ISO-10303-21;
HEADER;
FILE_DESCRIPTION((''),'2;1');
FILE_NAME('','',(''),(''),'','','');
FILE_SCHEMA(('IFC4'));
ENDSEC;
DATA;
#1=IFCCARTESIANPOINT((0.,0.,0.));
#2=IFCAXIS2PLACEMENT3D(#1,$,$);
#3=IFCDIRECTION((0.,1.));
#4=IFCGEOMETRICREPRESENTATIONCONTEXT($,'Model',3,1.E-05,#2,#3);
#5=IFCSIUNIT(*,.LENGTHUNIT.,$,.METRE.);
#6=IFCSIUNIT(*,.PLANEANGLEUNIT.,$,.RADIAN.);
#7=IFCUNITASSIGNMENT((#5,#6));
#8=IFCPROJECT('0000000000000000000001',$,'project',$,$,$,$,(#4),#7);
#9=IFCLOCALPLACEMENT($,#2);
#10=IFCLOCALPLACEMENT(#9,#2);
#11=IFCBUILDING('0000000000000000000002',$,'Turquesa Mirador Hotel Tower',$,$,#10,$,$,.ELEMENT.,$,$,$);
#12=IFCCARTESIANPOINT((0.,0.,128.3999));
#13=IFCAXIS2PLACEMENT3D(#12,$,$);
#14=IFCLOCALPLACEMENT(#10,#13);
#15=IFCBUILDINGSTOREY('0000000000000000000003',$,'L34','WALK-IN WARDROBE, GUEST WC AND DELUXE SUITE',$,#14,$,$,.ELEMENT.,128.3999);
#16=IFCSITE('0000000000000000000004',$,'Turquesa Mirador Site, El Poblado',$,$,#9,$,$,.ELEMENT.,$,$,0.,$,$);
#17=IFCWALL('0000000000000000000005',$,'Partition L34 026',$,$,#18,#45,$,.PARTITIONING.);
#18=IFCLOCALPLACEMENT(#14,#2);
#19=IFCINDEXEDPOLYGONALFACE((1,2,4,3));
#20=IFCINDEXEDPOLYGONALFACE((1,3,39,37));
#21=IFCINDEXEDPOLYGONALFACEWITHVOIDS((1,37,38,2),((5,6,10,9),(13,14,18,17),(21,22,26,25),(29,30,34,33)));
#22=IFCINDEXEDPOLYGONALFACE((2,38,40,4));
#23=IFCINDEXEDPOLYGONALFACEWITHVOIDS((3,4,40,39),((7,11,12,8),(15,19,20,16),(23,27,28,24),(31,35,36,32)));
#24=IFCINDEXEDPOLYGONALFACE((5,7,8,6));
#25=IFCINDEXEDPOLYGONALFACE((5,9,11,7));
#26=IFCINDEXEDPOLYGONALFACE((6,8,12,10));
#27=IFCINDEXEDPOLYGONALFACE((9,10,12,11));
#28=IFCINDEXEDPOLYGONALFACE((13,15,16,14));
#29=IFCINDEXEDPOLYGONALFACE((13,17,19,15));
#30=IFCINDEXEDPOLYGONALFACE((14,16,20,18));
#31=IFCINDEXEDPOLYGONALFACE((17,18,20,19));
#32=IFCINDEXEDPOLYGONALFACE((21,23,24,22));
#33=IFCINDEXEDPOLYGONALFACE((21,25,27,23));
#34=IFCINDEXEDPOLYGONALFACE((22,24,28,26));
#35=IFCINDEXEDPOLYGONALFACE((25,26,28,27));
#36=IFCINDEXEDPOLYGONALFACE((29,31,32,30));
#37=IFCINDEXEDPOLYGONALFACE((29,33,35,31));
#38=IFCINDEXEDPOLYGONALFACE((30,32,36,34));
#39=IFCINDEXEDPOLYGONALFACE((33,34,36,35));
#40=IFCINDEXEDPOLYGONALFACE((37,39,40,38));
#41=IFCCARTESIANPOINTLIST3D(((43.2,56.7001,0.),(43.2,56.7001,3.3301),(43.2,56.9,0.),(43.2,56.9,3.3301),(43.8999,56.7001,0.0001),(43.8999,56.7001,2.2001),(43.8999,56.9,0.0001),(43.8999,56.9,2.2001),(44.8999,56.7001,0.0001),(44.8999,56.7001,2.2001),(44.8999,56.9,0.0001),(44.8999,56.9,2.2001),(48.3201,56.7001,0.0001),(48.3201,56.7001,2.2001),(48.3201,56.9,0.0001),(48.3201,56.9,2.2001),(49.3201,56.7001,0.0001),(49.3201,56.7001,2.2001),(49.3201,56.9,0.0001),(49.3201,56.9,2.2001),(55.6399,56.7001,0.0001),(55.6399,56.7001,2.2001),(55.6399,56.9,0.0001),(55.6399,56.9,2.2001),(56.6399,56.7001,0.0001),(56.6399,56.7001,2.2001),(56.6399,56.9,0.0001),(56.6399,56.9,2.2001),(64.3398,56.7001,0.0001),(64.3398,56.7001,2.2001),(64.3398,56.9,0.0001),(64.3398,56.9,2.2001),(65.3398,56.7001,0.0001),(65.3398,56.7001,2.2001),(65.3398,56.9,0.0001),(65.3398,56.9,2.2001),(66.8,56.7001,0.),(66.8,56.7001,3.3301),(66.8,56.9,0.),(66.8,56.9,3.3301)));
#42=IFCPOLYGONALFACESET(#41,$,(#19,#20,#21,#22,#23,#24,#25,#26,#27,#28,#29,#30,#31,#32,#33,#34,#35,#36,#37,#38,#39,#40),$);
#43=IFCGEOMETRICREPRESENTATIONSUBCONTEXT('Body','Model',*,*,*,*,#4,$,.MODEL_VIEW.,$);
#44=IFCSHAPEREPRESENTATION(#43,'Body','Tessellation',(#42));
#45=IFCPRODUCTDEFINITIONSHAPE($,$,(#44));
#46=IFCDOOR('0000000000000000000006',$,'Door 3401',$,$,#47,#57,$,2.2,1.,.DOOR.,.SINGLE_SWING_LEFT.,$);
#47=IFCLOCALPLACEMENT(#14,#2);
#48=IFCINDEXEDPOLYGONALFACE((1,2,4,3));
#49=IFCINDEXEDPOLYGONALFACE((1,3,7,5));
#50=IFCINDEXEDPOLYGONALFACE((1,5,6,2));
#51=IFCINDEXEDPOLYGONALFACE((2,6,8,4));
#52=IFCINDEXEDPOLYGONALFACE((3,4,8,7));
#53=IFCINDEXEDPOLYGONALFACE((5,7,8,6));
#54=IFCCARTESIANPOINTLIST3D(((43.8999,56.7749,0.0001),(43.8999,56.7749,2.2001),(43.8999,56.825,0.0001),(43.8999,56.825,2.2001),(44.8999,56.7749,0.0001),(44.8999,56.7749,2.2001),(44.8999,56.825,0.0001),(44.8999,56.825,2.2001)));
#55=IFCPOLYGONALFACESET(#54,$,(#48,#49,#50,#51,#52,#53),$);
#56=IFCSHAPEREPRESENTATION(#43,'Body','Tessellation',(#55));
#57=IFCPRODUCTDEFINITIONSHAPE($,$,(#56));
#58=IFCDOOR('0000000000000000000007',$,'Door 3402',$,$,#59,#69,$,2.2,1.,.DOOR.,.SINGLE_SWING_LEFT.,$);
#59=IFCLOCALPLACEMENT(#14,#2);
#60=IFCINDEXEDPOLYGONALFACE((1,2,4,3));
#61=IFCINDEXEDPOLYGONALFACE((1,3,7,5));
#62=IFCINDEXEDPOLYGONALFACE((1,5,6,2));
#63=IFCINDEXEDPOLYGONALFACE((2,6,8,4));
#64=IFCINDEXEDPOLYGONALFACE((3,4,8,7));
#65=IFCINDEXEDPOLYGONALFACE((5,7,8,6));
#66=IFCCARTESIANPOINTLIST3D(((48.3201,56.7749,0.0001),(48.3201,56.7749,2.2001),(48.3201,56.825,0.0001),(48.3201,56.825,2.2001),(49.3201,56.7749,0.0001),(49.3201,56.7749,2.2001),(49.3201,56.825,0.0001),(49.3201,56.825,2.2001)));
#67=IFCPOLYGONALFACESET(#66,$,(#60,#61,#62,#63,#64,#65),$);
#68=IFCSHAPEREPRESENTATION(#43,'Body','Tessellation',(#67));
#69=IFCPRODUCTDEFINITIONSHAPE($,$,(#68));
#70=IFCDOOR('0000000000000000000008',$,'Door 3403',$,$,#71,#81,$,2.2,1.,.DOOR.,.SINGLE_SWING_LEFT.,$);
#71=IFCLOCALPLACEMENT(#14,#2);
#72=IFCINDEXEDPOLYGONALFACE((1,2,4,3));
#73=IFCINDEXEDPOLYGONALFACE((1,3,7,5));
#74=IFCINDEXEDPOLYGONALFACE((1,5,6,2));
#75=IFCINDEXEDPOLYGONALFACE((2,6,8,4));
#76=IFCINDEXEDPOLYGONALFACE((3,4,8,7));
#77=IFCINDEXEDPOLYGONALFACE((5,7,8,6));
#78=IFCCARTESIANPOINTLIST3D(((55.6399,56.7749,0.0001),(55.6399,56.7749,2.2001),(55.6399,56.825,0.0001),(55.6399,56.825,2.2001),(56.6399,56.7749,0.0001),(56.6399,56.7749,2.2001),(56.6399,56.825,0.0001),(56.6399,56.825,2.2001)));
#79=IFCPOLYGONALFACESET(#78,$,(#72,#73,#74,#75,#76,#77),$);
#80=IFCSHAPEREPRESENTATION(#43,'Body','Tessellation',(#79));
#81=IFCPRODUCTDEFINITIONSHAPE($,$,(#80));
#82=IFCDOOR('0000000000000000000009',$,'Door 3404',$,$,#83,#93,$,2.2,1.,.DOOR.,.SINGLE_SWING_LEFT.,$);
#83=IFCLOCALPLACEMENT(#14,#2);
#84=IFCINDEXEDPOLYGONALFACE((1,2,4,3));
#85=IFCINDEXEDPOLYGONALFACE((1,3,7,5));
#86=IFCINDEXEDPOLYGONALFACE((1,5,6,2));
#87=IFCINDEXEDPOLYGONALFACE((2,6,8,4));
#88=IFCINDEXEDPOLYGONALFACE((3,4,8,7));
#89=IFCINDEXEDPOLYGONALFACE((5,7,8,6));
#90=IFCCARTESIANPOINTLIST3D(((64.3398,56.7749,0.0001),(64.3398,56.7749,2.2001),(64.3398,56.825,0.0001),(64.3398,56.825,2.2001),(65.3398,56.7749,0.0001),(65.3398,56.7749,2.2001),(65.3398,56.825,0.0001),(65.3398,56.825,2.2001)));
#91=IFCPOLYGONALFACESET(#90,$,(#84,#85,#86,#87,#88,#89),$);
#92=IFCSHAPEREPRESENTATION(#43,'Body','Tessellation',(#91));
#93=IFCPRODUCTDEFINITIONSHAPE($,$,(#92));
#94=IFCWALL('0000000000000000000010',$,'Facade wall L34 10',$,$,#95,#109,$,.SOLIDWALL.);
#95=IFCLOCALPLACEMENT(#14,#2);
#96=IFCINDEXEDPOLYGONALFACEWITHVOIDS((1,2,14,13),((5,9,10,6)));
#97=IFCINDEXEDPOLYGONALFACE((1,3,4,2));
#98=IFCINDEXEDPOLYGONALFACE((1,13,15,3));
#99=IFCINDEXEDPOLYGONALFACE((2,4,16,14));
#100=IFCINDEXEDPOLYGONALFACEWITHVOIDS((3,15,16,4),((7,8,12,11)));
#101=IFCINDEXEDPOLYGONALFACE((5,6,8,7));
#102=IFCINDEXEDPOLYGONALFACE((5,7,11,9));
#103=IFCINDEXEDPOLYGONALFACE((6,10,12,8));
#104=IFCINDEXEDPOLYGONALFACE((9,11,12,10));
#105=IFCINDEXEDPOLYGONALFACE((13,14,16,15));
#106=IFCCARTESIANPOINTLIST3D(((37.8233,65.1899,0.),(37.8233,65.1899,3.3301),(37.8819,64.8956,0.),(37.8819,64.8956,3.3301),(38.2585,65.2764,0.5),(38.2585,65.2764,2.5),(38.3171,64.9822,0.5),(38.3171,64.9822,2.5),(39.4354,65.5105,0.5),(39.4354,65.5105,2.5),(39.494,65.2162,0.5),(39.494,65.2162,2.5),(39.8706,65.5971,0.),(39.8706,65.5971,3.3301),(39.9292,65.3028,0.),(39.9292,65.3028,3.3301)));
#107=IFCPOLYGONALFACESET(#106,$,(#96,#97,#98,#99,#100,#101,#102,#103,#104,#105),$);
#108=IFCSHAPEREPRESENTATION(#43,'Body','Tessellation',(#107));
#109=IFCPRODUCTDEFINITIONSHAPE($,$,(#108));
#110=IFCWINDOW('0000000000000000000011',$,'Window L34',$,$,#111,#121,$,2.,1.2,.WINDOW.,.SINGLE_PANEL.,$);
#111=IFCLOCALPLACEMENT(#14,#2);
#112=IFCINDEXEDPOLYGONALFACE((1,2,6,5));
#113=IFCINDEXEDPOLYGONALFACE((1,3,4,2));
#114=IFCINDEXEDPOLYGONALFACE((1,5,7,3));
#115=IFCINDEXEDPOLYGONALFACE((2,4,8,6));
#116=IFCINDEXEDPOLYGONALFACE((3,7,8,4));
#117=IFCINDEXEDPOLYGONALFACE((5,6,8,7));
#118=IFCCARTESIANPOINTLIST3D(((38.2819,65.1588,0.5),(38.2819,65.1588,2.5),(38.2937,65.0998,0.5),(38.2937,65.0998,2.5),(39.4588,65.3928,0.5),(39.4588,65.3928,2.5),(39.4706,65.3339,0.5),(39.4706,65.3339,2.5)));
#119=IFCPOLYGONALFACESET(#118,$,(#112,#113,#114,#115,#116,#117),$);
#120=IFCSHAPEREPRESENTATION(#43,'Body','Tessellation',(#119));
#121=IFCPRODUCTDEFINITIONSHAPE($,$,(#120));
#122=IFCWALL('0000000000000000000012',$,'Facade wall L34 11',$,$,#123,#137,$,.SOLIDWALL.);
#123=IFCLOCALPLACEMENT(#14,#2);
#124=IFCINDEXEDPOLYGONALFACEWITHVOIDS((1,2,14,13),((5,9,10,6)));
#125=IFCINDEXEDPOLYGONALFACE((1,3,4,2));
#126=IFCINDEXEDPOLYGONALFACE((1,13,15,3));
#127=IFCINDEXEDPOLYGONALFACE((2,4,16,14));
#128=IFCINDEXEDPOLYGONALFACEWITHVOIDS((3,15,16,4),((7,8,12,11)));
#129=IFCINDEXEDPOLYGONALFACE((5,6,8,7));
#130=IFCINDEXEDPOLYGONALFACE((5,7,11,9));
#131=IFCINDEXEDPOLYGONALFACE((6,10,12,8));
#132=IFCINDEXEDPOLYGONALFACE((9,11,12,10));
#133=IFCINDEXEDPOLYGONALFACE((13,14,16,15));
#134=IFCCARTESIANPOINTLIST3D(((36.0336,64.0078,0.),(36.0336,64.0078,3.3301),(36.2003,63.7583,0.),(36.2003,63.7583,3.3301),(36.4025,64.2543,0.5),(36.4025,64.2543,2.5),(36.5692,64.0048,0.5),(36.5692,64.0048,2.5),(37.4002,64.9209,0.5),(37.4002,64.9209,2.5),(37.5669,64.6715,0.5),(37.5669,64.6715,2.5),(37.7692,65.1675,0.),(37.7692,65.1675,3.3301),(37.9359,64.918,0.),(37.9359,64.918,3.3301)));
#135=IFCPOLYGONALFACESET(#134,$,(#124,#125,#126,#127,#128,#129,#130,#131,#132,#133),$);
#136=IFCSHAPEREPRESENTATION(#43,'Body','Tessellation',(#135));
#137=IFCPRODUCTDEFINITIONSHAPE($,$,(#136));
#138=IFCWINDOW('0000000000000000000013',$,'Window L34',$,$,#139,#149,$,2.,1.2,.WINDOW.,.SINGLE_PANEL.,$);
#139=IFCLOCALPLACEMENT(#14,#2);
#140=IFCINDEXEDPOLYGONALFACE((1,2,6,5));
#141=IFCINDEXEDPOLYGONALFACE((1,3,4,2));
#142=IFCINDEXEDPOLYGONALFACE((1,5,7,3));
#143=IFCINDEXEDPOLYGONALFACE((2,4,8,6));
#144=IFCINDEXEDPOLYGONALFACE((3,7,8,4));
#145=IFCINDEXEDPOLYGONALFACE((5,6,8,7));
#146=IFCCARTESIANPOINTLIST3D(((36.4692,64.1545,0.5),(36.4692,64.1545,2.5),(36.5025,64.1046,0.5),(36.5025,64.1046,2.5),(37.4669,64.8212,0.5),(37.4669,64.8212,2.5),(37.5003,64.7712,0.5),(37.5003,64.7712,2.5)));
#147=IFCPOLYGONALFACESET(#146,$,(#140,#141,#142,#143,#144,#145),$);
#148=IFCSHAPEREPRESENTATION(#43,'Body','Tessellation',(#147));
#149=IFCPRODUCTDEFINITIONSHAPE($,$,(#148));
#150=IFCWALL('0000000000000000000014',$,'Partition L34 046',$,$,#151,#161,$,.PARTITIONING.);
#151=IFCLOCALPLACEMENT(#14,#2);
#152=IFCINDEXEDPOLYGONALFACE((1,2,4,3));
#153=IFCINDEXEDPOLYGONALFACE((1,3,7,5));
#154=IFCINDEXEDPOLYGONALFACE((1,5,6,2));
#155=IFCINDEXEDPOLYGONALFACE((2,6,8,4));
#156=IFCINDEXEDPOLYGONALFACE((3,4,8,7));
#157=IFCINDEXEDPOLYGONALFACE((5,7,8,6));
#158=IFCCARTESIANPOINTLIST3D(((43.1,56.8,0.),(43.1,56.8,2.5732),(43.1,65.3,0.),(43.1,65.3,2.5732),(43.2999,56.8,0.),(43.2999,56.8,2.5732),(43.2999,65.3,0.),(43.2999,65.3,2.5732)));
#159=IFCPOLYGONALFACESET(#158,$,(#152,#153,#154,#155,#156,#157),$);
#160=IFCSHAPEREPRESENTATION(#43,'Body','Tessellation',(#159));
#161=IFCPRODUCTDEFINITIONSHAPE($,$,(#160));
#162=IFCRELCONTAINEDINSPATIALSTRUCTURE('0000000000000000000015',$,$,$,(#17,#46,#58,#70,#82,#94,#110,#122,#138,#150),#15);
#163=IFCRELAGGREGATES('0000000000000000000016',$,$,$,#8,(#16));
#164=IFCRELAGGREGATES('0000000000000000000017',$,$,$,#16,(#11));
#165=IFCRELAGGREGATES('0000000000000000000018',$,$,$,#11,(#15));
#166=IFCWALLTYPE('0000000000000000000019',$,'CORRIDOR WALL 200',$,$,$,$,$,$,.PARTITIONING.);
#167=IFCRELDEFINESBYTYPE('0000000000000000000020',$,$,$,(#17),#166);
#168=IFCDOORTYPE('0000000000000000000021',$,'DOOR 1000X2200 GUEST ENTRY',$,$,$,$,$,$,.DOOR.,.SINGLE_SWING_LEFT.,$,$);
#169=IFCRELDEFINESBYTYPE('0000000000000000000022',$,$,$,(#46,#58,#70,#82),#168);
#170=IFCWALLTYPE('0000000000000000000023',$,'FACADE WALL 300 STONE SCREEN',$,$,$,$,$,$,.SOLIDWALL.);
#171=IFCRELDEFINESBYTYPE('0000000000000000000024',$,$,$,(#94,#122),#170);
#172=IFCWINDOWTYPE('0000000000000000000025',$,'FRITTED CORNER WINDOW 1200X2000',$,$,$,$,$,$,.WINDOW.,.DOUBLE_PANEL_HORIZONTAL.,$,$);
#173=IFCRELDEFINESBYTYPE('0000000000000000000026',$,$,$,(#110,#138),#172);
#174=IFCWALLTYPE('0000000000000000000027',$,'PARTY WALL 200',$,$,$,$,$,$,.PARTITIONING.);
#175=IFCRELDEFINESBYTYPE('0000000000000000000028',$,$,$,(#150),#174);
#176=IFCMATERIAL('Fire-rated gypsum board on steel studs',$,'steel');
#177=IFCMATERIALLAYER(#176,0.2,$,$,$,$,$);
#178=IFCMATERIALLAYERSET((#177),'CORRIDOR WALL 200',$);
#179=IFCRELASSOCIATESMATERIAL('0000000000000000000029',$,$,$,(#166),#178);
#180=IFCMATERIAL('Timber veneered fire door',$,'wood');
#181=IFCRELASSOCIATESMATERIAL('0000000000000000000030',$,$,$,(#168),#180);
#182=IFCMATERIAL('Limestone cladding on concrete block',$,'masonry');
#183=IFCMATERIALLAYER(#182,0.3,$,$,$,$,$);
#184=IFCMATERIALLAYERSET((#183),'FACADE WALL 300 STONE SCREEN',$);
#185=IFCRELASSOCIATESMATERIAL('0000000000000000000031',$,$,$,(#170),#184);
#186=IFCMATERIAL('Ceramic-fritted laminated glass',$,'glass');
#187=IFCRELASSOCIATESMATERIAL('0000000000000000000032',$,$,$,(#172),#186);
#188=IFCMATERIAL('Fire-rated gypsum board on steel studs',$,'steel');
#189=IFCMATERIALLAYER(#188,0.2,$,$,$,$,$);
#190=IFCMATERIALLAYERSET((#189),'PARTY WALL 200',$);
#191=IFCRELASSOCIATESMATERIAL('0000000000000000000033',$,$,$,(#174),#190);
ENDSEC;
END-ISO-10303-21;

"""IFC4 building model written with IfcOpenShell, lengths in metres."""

from ifc_helpers import new_model, si_unit, direction, frame, frame_2d, origin, place, context, subcontext, project, spatial, rectangle, extrude, material, layer, layer_set, type_object, element, fill, save


model = new_model("IFC4")

# Units and contexts
model_context = context("Model", 3, precision=1e-05, world=origin(), true_north=direction((0.0, 1.0)))
body_context = subcontext(model_context, "Body", "Model", "MODEL_VIEW")
ifc_project = project(units=[si_unit("LENGTHUNIT", "METRE"), si_unit("PLANEANGLEUNIT", "RADIAN")], contexts=[model_context])

# Site, building, storey
site_placement = place(None, origin())
site = spatial("IfcSite", under=ifc_project, at=site_placement, Name="Turquesa Mirador Site, El Poblado", CompositionType="ELEMENT", RefElevation=0.0)
building_placement = place(site_placement, origin())
building = spatial("IfcBuilding", under=site, at=building_placement, Name="Turquesa Mirador Hotel Tower", CompositionType="ELEMENT")
storey_placement = place(building_placement, frame((0.0, 0.0, 128.3999)))
storey = spatial("IfcBuildingStorey", under=building, at=storey_placement, Name="L34", Description="WALK-IN WARDROBE, GUEST WC AND DELUXE SUITE", CompositionType="ELEMENT", Elevation=128.3999)

# Wall, openings, doors
ifc_material_1 = material(Name="Fire-rated gypsum board on steel studs", Category="steel")
ifc_layer_1 = layer(ifc_material_1, 0.2)
ifc_layer_set_1 = layer_set([ifc_layer_1], Name="CORRIDOR WALL 200")
wall_type_1 = type_object("IfcWallType", Name="CORRIDOR WALL 200", PredefinedType="PARTITIONING", material=ifc_layer_set_1)
wall_1_placement = place(storey_placement, frame((43.2, 56.8, 0.0), z_axis=(0.0, 0.0, 1.0), x_axis=(1.0, 0.0, 0.0)))
wall_1 = element("IfcWall", 1, at=wall_1_placement, inside=storey, type_object=wall_type_1, Name="Partition L34 026", PredefinedType="PARTITIONING", context=body_context, shape_type="SweptSolid", body=[
    extrude(rectangle(XDim=23.6001, YDim=0.2, at=frame_2d((11.8, 0.0))), origin(), (0.0, 0.0, 1.0), 3.3301),
])
opening_1_placement = place(wall_1_placement, frame((0.7, 0.0, 0.0)))
opening_1 = element("IfcOpeningElement", 2, at=opening_1_placement, cuts=wall_1, PredefinedType="OPENING", context=body_context, shape_type="SweptSolid", body=[
    extrude(rectangle(XDim=1.0, YDim=2.2, at=frame_2d((0.5, 1.1001))), frame((0.0, 0.1099, 0.0), z_axis=(0.0, -1.0, 0.0), x_axis=(1.0, 0.0, 0.0)), (0.0, 0.0, 1.0), 0.22),
])
opening_2_placement = place(wall_1_placement, frame((5.1201, 0.0, 0.0)))
opening_2 = element("IfcOpeningElement", 3, at=opening_2_placement, cuts=wall_1, PredefinedType="OPENING", context=body_context, shape_type="SweptSolid", body=[
    extrude(rectangle(XDim=1.0, YDim=2.2, at=frame_2d((0.5, 1.1001))), frame((0.0, 0.1099, 0.0), z_axis=(0.0, -1.0, 0.0), x_axis=(1.0, 0.0, 0.0)), (0.0, 0.0, 1.0), 0.22),
])
opening_3_placement = place(wall_1_placement, frame((12.4399, 0.0, 0.0)))
opening_3 = element("IfcOpeningElement", 4, at=opening_3_placement, cuts=wall_1, PredefinedType="OPENING", context=body_context, shape_type="SweptSolid", body=[
    extrude(rectangle(XDim=1.0, YDim=2.2, at=frame_2d((0.5, 1.1001))), frame((0.0, 0.1099, 0.0), z_axis=(0.0, -1.0, 0.0), x_axis=(1.0, 0.0, 0.0)), (0.0, 0.0, 1.0), 0.22),
])
opening_4_placement = place(wall_1_placement, frame((21.1399, 0.0, 0.0)))
opening_4 = element("IfcOpeningElement", 5, at=opening_4_placement, cuts=wall_1, PredefinedType="OPENING", context=body_context, shape_type="SweptSolid", body=[
    extrude(rectangle(XDim=1.0, YDim=2.2, at=frame_2d((0.5, 1.1001))), frame((0.0, 0.1099, 0.0), z_axis=(0.0, -1.0, 0.0), x_axis=(1.0, 0.0, 0.0)), (0.0, 0.0, 1.0), 0.22),
])
ifc_material_2 = material(Name="Timber veneered fire door", Category="wood")
door_type_1 = type_object("IfcDoorType", Name="DOOR 1000X2200 GUEST ENTRY", OperationType="SINGLE_SWING_LEFT", PredefinedType="DOOR", material=ifc_material_2)
door_1_placement = place(opening_1_placement, origin())
door_1 = element("IfcDoor", 6, at=door_1_placement, inside=storey, type_object=door_type_1, Name="Door 3401", OperationType="SINGLE_SWING_LEFT", OverallHeight=2.2, OverallWidth=1.0, PredefinedType="DOOR", context=body_context, shape_type="SweptSolid", body=[
    extrude(rectangle(XDim=1.0, YDim=2.2, at=frame_2d((0.5, 1.1001))), frame((0.0, 0.0249, 0.0), z_axis=(0.0, -1.0, 0.0), x_axis=(1.0, 0.0, 0.0)), (0.0, 0.0, 1.0), 0.05),
])
fill(opening_1, door_1)
door_2_placement = place(opening_2_placement, origin())
door_2 = element("IfcDoor", 7, at=door_2_placement, inside=storey, type_object=door_type_1, Name="Door 3402", OperationType="SINGLE_SWING_LEFT", OverallHeight=2.2, OverallWidth=1.0, PredefinedType="DOOR", context=body_context, shape_type="SweptSolid", body=[
    extrude(rectangle(XDim=1.0, YDim=2.2, at=frame_2d((0.5, 1.1001))), frame((0.0, 0.0249, 0.0), z_axis=(0.0, -1.0, 0.0), x_axis=(1.0, 0.0, 0.0)), (0.0, 0.0, 1.0), 0.05),
])
fill(opening_2, door_2)
door_3_placement = place(opening_3_placement, origin())
door_3 = element("IfcDoor", 8, at=door_3_placement, inside=storey, type_object=door_type_1, Name="Door 3403", OperationType="SINGLE_SWING_LEFT", OverallHeight=2.2, OverallWidth=1.0, PredefinedType="DOOR", context=body_context, shape_type="SweptSolid", body=[
    extrude(rectangle(XDim=1.0, YDim=2.2, at=frame_2d((0.5, 1.1001))), frame((0.0, 0.0249, 0.0), z_axis=(0.0, -1.0, 0.0), x_axis=(1.0, 0.0, 0.0)), (0.0, 0.0, 1.0), 0.05),
])
fill(opening_3, door_3)
door_4_placement = place(opening_4_placement, origin())
door_4 = element("IfcDoor", 9, at=door_4_placement, inside=storey, type_object=door_type_1, Name="Door 3404", OperationType="SINGLE_SWING_LEFT", OverallHeight=2.2, OverallWidth=1.0, PredefinedType="DOOR", context=body_context, shape_type="SweptSolid", body=[
    extrude(rectangle(XDim=1.0, YDim=2.2, at=frame_2d((0.5, 1.1001))), frame((0.0, 0.0249, 0.0), z_axis=(0.0, -1.0, 0.0), x_axis=(1.0, 0.0, 0.0)), (0.0, 0.0, 1.0), 0.05),
])
fill(opening_4, door_4)

# Walls, openings, windows
ifc_material_3 = material(Name="Limestone cladding on concrete block", Category="masonry")
ifc_layer_2 = layer(ifc_material_3, 0.3)
ifc_layer_set_2 = layer_set([ifc_layer_2], Name="FACADE WALL 300 STONE SCREEN")
wall_type_2 = type_object("IfcWallType", Name="FACADE WALL 300 STONE SCREEN", PredefinedType="SOLIDWALL", material=ifc_layer_set_2)
wall_2_placement = place(storey_placement, frame((39.8999, 65.45, 0.0), z_axis=(0.0, 0.0, 1.0), x_axis=(-0.980787, -0.195081, 0.0)))
wall_2 = element("IfcWall", 10, at=wall_2_placement, inside=storey, type_object=wall_type_2, Name="Facade wall L34 10", PredefinedType="SOLIDWALL", context=body_context, shape_type="SweptSolid", body=[
    extrude(rectangle(XDim=2.0874, YDim=0.3, at=frame_2d((1.0437, 0.0))), origin(), (0.0, 0.0, 1.0), 3.3301),
])
opening_5_placement = place(wall_2_placement, frame((0.4436, 0.0, 0.5)))
opening_5 = element("IfcOpeningElement", 11, at=opening_5_placement, cuts=wall_2, PredefinedType="OPENING", context=body_context, shape_type="SweptSolid", body=[
    extrude(rectangle(XDim=1.2, YDim=2.0, at=frame_2d((0.6001, 1.0))), frame((0.0, 0.1599, 0.0), z_axis=(0.0, -1.0, 0.0), x_axis=(1.0, 0.0, 0.0)), (0.0, 0.0, 1.0), 0.3201),
])
ifc_material_4 = material(Name="Ceramic-fritted laminated glass", Category="glass")
window_type = type_object("IfcWindowType", Name="FRITTED CORNER WINDOW 1200X2000", PartitioningType="DOUBLE_PANEL_HORIZONTAL", PredefinedType="WINDOW", material=ifc_material_4)
window_1_placement = place(opening_5_placement, origin())
window_1 = element("IfcWindow", 12, at=window_1_placement, inside=storey, type_object=window_type, Name="Window L34", OverallHeight=2.0, OverallWidth=1.2, PartitioningType="SINGLE_PANEL", PredefinedType="WINDOW", context=body_context, shape_type="SweptSolid", body=[
    extrude(rectangle(XDim=1.2, YDim=2.0, at=frame_2d((0.6001, 1.0))), frame((0.0, 0.03, 0.0), z_axis=(0.0, -1.0, 0.0), x_axis=(1.0, 0.0, 0.0)), (0.0, 0.0, 1.0), 0.0601),
])
fill(opening_5, window_1)
wall_3_placement = place(storey_placement, frame((37.8525, 65.0427, 0.0), z_axis=(0.0, 0.0, 1.0), x_axis=(-0.831474, -0.555564, 0.0)))
wall_3 = element("IfcWall", 13, at=wall_3_placement, inside=storey, type_object=wall_type_2, Name="Facade wall L34 11", PredefinedType="SOLIDWALL", context=body_context, shape_type="SweptSolid", body=[
    extrude(rectangle(XDim=2.0874, YDim=0.3, at=frame_2d((1.0437, 0.0))), origin(), (0.0, 0.0, 1.0), 3.3301),
])
opening_6_placement = place(wall_3_placement, frame((0.4436, 0.0, 0.5)))
opening_6 = element("IfcOpeningElement", 14, at=opening_6_placement, cuts=wall_3, PredefinedType="OPENING", context=body_context, shape_type="SweptSolid", body=[
    extrude(rectangle(XDim=1.2, YDim=2.0, at=frame_2d((0.6001, 1.0))), frame((0.0, 0.1599, 0.0), z_axis=(0.0, -1.0, 0.0), x_axis=(1.0, 0.0, 0.0)), (0.0, 0.0, 1.0), 0.3201),
])
window_2_placement = place(opening_6_placement, origin())
window_2 = element("IfcWindow", 15, at=window_2_placement, inside=storey, type_object=window_type, Name="Window L34", OverallHeight=2.0, OverallWidth=1.2, PartitioningType="SINGLE_PANEL", PredefinedType="WINDOW", context=body_context, shape_type="SweptSolid", body=[
    extrude(rectangle(XDim=1.2, YDim=2.0, at=frame_2d((0.6001, 1.0))), frame((0.0, 0.03, 0.0), z_axis=(0.0, -1.0, 0.0), x_axis=(1.0, 0.0, 0.0)), (0.0, 0.0, 1.0), 0.0601),
])
fill(opening_6, window_2)

# Wall
ifc_material_5 = material(Name="Fire-rated gypsum board on steel studs", Category="steel")
ifc_layer_3 = layer(ifc_material_5, 0.2)
ifc_layer_set_3 = layer_set([ifc_layer_3], Name="PARTY WALL 200")
wall_type_3 = type_object("IfcWallType", Name="PARTY WALL 200", PredefinedType="PARTITIONING", material=ifc_layer_set_3)
wall_4_placement = place(storey_placement, frame((43.2, 56.8, 0.0), z_axis=(0.0, 0.0, 1.0), x_axis=(0.0, 1.0, 0.0)))
element("IfcWall", 16, at=wall_4_placement, inside=storey, type_object=wall_type_3, Name="Partition L34 046", PredefinedType="PARTITIONING", context=body_context, shape_type="SweptSolid", body=[
    extrude(rectangle(XDim=8.5, YDim=0.2, at=frame_2d((4.25, 0.0))), origin(), (0.0, 0.0, 1.0), 2.5732),
])

save(model, "model.ifc")
